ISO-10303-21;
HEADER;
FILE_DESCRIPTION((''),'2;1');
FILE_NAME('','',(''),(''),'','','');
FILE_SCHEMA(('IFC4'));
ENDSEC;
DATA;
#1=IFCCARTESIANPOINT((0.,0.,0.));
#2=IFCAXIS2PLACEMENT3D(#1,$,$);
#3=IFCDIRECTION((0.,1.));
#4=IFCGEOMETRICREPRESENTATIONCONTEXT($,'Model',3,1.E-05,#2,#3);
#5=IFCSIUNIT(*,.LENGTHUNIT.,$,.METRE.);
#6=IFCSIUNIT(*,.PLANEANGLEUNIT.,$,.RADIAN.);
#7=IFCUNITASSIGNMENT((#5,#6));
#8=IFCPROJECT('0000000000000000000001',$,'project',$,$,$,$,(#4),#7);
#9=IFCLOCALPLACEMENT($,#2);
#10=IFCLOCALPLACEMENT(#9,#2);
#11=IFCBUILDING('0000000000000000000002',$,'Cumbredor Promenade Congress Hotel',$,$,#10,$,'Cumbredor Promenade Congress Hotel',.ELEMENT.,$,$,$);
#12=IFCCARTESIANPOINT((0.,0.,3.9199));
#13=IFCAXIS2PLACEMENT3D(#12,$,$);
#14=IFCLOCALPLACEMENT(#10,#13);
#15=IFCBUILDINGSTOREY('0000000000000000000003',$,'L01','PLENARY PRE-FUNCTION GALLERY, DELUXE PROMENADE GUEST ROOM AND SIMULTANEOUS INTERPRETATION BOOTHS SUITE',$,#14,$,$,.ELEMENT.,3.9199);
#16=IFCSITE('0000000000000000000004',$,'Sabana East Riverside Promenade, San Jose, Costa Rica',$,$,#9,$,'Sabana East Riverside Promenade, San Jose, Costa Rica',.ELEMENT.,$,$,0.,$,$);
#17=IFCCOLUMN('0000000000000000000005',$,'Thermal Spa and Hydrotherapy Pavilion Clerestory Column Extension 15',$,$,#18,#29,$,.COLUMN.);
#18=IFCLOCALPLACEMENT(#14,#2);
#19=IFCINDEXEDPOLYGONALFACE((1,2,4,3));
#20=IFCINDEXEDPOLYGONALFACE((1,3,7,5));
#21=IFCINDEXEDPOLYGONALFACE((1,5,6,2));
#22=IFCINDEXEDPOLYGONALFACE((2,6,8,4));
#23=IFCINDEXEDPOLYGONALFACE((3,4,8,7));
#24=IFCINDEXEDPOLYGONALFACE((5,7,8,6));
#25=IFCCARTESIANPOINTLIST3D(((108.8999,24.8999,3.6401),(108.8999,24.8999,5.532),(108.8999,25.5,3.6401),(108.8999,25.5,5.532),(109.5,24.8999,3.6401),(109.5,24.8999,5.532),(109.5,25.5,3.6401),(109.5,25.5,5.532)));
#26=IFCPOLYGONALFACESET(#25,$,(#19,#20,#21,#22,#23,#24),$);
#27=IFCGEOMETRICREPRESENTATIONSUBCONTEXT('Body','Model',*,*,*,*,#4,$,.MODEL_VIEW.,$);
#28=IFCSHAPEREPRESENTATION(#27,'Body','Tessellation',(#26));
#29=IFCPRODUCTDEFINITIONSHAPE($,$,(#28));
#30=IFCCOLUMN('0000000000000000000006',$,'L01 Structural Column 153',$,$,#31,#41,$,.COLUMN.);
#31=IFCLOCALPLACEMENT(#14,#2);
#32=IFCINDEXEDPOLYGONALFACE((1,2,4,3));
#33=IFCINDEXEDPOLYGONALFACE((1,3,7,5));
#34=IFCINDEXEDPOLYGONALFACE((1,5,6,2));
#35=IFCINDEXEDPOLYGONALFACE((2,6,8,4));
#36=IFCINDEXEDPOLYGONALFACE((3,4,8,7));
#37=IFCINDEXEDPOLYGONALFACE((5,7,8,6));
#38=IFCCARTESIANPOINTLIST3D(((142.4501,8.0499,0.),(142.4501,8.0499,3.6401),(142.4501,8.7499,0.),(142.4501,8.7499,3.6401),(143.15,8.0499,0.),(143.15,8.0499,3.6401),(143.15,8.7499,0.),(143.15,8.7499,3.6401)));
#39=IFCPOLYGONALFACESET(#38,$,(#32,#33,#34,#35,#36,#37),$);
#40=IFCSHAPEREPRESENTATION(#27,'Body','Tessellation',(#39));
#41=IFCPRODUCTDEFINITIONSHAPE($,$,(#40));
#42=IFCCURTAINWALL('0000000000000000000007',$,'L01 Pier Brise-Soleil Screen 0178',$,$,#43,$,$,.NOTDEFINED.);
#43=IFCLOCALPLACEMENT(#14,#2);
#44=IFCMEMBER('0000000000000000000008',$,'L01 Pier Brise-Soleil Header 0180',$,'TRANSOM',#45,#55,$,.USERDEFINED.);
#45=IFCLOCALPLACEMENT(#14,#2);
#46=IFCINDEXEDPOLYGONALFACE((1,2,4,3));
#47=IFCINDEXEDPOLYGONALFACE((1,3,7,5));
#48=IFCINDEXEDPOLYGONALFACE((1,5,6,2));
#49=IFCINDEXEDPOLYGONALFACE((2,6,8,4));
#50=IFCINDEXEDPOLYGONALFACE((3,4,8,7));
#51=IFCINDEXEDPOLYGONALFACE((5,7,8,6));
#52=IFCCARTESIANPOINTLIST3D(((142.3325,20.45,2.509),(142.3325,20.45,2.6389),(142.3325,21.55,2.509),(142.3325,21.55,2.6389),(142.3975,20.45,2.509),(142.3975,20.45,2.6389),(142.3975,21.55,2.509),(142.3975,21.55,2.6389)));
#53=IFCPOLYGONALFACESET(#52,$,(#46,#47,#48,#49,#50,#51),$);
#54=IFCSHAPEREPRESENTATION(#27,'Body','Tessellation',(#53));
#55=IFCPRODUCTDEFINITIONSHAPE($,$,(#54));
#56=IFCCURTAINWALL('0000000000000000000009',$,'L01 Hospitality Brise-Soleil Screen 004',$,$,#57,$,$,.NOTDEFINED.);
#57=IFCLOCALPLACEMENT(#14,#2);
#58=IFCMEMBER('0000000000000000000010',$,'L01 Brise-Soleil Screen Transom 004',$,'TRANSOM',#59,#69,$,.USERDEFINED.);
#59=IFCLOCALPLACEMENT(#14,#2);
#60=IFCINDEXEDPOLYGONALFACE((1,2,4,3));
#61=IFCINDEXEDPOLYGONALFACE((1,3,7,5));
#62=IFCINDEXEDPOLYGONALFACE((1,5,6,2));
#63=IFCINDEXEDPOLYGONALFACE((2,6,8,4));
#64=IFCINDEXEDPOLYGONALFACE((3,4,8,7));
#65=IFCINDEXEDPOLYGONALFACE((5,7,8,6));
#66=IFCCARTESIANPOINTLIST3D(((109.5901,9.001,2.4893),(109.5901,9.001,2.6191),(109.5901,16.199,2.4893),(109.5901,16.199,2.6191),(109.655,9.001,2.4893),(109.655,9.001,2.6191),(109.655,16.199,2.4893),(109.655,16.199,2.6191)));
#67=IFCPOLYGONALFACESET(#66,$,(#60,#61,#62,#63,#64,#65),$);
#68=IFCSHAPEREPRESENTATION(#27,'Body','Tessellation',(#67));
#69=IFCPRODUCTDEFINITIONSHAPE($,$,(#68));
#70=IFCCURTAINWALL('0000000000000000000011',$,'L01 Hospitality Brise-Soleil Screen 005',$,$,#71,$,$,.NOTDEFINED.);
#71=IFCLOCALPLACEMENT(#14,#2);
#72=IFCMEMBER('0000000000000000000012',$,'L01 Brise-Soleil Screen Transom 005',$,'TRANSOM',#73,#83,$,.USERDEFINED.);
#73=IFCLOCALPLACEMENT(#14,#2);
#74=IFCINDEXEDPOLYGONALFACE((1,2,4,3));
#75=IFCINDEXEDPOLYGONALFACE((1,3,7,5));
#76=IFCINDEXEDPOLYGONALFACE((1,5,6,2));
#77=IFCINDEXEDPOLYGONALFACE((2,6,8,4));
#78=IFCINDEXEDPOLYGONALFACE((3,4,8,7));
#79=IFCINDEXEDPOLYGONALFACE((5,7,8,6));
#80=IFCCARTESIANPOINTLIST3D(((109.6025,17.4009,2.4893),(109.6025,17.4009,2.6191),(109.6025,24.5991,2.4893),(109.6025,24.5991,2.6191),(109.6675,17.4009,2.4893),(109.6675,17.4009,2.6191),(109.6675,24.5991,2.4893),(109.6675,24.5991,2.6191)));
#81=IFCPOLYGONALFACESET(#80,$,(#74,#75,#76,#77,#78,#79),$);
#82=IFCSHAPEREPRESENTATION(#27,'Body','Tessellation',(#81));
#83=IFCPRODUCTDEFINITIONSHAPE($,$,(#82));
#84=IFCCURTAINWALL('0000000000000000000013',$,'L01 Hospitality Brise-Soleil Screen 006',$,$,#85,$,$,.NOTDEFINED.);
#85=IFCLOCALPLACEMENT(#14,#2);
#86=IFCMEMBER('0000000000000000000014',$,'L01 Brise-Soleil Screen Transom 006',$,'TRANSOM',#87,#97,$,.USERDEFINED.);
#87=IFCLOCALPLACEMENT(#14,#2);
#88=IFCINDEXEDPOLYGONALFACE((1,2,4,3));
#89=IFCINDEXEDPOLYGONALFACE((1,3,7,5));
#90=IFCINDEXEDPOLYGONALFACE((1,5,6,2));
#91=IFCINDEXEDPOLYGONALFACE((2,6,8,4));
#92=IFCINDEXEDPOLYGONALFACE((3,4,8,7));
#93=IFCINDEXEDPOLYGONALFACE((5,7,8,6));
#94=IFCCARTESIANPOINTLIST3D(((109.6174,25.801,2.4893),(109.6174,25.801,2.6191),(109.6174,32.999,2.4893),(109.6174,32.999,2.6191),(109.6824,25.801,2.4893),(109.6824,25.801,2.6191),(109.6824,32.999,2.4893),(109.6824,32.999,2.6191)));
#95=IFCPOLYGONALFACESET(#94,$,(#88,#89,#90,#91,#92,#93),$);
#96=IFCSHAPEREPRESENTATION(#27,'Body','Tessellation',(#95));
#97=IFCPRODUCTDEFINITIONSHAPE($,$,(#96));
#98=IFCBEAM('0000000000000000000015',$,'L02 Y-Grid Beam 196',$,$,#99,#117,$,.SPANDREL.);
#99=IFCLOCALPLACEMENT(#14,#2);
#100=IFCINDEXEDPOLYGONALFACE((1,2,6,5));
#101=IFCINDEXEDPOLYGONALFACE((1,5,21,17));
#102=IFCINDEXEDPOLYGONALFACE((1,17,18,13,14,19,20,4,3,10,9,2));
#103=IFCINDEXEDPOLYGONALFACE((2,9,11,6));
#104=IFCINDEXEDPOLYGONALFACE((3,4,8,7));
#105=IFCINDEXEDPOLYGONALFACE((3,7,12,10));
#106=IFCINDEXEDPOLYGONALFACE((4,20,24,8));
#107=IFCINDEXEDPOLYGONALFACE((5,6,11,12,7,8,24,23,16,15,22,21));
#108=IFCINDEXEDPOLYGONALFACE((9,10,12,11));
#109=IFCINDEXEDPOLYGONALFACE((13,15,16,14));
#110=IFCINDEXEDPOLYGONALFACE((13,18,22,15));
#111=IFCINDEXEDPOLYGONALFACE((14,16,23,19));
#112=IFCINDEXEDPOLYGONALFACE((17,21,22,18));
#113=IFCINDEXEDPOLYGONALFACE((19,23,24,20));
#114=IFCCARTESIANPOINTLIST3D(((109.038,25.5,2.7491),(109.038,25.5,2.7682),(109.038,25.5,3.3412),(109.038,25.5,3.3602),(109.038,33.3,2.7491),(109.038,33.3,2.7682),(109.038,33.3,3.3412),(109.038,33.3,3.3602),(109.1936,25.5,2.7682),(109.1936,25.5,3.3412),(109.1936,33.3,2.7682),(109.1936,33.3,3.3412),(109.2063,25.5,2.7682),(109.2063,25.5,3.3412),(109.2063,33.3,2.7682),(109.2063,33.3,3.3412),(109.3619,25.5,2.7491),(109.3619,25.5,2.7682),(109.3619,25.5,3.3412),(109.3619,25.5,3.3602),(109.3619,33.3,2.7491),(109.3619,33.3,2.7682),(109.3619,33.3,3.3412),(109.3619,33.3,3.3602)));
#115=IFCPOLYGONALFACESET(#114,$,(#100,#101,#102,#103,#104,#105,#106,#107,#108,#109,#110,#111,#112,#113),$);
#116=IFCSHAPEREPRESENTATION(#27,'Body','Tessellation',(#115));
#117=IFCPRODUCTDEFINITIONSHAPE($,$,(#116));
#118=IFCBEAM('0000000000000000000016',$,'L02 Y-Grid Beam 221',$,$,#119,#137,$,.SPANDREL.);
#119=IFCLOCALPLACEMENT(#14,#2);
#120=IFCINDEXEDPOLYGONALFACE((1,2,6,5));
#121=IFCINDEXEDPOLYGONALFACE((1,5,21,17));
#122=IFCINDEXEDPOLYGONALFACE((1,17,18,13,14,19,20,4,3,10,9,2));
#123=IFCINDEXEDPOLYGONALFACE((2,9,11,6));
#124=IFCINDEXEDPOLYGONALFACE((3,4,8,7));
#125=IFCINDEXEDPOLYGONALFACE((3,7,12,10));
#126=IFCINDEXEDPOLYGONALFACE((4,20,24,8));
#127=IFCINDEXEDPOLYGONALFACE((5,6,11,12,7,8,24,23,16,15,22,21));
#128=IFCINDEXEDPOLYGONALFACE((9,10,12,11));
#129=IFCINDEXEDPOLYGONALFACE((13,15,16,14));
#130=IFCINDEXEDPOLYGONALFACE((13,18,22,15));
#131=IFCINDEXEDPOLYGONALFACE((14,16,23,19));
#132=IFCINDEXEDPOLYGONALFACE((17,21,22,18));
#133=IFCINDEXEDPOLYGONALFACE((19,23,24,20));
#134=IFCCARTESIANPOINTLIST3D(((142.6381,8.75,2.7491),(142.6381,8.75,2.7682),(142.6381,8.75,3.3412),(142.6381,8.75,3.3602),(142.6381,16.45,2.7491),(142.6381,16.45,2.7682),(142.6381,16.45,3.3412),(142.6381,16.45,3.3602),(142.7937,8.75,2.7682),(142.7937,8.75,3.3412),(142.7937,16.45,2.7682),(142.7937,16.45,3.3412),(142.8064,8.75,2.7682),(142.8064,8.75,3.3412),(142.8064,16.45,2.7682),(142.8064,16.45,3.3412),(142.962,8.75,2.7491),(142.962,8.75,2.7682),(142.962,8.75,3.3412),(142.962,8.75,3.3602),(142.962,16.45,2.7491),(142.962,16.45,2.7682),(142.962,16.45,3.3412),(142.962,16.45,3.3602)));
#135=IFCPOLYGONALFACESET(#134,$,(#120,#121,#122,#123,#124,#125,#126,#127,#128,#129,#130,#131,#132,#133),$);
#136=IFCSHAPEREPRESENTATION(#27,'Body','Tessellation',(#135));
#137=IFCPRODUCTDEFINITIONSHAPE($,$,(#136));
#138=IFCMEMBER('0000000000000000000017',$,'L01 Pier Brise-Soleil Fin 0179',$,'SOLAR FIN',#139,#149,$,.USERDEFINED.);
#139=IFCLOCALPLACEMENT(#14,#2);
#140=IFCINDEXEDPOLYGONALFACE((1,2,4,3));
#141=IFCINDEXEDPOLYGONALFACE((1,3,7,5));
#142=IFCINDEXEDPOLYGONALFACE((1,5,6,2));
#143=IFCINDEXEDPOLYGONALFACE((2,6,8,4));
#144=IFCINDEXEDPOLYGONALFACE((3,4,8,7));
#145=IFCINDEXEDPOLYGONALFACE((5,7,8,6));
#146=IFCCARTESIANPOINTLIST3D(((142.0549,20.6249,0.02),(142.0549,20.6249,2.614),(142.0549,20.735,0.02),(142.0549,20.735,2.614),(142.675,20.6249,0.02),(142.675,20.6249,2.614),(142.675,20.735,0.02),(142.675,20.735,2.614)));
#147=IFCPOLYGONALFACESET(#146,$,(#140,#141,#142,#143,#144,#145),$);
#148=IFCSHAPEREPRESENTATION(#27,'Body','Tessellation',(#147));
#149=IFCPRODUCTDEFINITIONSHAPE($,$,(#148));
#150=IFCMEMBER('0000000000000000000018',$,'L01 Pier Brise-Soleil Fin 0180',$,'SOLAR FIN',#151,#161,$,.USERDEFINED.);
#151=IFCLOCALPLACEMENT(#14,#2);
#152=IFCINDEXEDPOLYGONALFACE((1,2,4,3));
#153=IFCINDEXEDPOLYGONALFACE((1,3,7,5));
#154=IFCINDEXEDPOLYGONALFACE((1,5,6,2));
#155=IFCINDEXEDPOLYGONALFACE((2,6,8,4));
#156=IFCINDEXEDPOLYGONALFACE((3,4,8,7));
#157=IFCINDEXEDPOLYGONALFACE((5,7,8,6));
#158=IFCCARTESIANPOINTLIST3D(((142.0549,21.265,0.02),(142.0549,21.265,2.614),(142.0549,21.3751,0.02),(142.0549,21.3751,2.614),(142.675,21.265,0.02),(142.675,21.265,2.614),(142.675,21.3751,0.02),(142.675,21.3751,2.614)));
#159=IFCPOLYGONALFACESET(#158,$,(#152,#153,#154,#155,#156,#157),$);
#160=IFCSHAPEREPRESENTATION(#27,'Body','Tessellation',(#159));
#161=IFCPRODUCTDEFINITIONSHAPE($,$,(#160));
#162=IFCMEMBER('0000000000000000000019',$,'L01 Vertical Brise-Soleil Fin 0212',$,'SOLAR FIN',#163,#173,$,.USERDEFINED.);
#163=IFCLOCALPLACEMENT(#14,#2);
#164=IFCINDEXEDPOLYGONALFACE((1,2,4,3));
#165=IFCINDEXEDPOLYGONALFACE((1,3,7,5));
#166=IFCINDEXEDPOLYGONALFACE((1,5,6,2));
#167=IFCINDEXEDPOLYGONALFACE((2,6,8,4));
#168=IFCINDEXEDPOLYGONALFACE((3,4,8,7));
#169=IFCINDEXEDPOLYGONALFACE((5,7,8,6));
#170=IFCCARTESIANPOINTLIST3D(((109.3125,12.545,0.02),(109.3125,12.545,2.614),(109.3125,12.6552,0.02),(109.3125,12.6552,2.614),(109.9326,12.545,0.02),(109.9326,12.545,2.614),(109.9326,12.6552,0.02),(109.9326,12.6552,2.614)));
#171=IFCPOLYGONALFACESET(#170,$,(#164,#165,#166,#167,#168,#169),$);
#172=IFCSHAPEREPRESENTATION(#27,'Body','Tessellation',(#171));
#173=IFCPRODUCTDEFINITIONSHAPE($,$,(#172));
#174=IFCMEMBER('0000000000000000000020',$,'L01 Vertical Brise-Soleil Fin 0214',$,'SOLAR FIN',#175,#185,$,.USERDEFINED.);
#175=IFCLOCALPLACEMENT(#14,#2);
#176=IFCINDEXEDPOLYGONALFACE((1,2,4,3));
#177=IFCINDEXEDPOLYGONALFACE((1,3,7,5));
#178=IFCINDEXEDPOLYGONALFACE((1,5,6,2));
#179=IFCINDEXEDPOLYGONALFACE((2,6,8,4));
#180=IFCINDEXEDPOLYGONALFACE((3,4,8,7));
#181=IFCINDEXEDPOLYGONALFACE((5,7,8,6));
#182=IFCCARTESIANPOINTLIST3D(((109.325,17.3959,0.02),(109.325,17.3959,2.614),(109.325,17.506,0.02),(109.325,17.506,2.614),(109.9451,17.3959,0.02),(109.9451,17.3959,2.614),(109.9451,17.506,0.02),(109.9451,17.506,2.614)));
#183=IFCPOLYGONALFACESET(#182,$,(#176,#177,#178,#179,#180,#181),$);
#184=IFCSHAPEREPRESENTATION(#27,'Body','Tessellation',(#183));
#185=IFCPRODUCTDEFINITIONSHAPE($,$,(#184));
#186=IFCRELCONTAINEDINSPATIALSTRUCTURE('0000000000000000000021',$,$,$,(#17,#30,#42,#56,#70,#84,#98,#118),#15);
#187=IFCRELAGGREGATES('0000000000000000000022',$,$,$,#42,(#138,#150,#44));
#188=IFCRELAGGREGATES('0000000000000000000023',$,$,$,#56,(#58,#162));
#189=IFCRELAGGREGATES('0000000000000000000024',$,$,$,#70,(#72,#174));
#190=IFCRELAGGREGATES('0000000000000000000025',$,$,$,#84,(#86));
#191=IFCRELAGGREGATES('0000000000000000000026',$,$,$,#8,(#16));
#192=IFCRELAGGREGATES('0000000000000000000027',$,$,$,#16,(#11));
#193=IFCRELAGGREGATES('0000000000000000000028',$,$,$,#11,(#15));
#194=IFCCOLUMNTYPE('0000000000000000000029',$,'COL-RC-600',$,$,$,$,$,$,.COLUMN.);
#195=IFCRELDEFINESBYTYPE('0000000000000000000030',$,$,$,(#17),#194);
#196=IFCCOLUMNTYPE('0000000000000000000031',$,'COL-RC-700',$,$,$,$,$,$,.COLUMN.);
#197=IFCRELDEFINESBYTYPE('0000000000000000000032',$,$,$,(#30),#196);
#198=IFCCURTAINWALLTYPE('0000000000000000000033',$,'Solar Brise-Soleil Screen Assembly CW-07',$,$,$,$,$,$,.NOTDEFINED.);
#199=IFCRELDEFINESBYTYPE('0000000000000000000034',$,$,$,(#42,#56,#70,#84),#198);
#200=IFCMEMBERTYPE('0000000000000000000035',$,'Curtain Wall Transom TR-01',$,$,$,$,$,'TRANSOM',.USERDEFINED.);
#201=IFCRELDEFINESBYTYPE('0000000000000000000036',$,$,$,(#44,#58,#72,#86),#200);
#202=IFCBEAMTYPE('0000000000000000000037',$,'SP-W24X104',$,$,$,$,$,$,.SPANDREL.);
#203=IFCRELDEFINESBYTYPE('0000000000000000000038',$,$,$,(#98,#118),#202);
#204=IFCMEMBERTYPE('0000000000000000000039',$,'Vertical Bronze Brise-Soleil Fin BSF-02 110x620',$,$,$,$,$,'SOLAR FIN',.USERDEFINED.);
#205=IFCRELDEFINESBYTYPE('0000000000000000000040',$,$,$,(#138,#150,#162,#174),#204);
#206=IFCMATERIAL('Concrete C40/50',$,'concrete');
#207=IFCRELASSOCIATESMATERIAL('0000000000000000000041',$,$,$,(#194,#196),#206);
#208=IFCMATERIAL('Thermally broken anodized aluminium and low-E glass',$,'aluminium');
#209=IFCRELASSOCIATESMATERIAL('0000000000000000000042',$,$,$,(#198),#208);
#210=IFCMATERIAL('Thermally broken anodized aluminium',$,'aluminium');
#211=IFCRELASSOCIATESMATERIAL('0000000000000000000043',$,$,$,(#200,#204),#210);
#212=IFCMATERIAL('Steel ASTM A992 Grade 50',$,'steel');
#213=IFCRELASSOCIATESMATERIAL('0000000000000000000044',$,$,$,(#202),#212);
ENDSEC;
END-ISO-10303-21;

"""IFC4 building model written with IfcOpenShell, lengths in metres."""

from ifc_helpers import new_model, si_unit, direction, frame, origin, origin_2d, place, context, subcontext, project, spatial, rectangle, i_section, extrude, material, material_profile, profile_set, type_object, element, aggregate, save


model = new_model("IFC4")

# Units and contexts
model_context = context("Model", 3, precision=1e-05, world=origin(), true_north=direction((0.0, 1.0)))
body_context = subcontext(model_context, "Body", "Model", "MODEL_VIEW")
ifc_project = project(units=[si_unit("LENGTHUNIT", "METRE"), si_unit("PLANEANGLEUNIT", "RADIAN")], contexts=[model_context])

# Site, building, storey
site_placement = place(None, origin())
site = spatial("IfcSite", under=ifc_project, at=site_placement, Name="Sabana East Riverside Promenade, San Jose, Costa Rica", LongName="Sabana East Riverside Promenade, San Jose, Costa Rica", CompositionType="ELEMENT", RefElevation=0.0)
building_placement = place(site_placement, origin())
building = spatial("IfcBuilding", under=site, at=building_placement, Name="Cumbredor Promenade Congress Hotel", LongName="Cumbredor Promenade Congress Hotel", CompositionType="ELEMENT")
storey_placement = place(building_placement, frame((0.0, 0.0, 3.9199)))
storey = spatial("IfcBuildingStorey", under=building, at=storey_placement, Name="L01", Description="PLENARY PRE-FUNCTION GALLERY, DELUXE PROMENADE GUEST ROOM AND SIMULTANEOUS INTERPRETATION BOOTHS SUITE", CompositionType="ELEMENT", Elevation=3.9199)

# Columns
ifc_material_1 = material(Name="Concrete C40/50", Category="concrete")
ifc_material_profile_1 = material_profile(ifc_material_1, rectangle(XDim=0.6001, YDim=0.6001, at=origin_2d()), Name="RC 600x600")
ifc_profile_set_1 = profile_set([ifc_material_profile_1], Name="Concrete C40/50")
column_type_1 = type_object("IfcColumnType", Name="COL-RC-600", PredefinedType="COLUMN", material=ifc_profile_set_1)
column_1_placement = place(storey_placement, frame((109.2, 25.2, 3.6401), z_axis=(0.0, 0.0, 1.0), x_axis=(1.0, 0.0, 0.0)))
element("IfcColumn", 1, at=column_1_placement, inside=storey, type_object=column_type_1, Name="Thermal Spa and Hydrotherapy Pavilion Clerestory Column Extension 15", PredefinedType="COLUMN", context=body_context, shape_type="SweptSolid", body=[
    extrude(rectangle(XDim=0.6001, YDim=0.6001, at=origin_2d()), origin(), (0.0, 0.0, 1.0), 1.8918),
])
ifc_material_profile_2 = material_profile(ifc_material_1, rectangle(XDim=0.7, YDim=0.7, at=origin_2d()), Name="RC 700x700")
ifc_profile_set_2 = profile_set([ifc_material_profile_2], Name="Concrete C40/50")
column_type_2 = type_object("IfcColumnType", Name="COL-RC-700", PredefinedType="COLUMN", material=ifc_profile_set_2)
column_2_placement = place(storey_placement, frame((142.8, 8.3999, 0.0), z_axis=(0.0, 0.0, 1.0), x_axis=(1.0, 0.0, 0.0)))
element("IfcColumn", 2, at=column_2_placement, inside=storey, type_object=column_type_2, Name="L01 Structural Column 153", PredefinedType="COLUMN", context=body_context, shape_type="SweptSolid", body=[
    extrude(rectangle(XDim=0.7, YDim=0.7, at=origin_2d()), origin(), (0.0, 0.0, 1.0), 3.6401),
])

# Curtain walls, members
ifc_material_2 = material(Name="Thermally broken anodized aluminium and low-E glass", Category="aluminium")
curtain_wall_type = type_object("IfcCurtainWallType", Name="Solar Brise-Soleil Screen Assembly CW-07", PredefinedType="NOTDEFINED", material=ifc_material_2)
curtain_wall_1_placement = place(storey_placement, origin())
curtain_wall_1 = element("IfcCurtainWall", 3, at=curtain_wall_1_placement, inside=storey, type_object=curtain_wall_type, Name="L01 Pier Brise-Soleil Screen 0178", PredefinedType="NOTDEFINED")
ifc_material_3 = material(Name="Thermally broken anodized aluminium", Category="aluminium")
ifc_material_profile_3 = material_profile(ifc_material_3, rectangle(XDim=0.0649, YDim=0.1299, at=origin_2d()), Name="ALU TRANSOM 65x130")
ifc_profile_set_3 = profile_set([ifc_material_profile_3], Name="Thermally broken anodized aluminium")
member_type_1 = type_object("IfcMemberType", Name="Curtain Wall Transom TR-01", ElementType="TRANSOM", PredefinedType="USERDEFINED", material=ifc_profile_set_3)
member_1_placement = place(storey_placement, frame((142.365, 20.45, 2.574), z_axis=(0.0, 1.0, 0.0), x_axis=(-1.0, 0.0, 0.0)))
member_1 = element("IfcMember", 4, at=member_1_placement, type_object=member_type_1, Name="L01 Pier Brise-Soleil Header 0180", ObjectType="TRANSOM", PredefinedType="USERDEFINED", context=body_context, shape_type="SweptSolid", body=[
    extrude(rectangle(XDim=0.0649, YDim=0.1299, at=origin_2d()), origin(), (0.0, 0.0, 1.0), 1.1001),
])
curtain_wall_2_placement = place(storey_placement, origin())
curtain_wall_2 = element("IfcCurtainWall", 5, at=curtain_wall_2_placement, inside=storey, type_object=curtain_wall_type, Name="L01 Hospitality Brise-Soleil Screen 004", PredefinedType="NOTDEFINED")
member_2_placement = place(storey_placement, frame((109.6226, 9.001, 2.5542), z_axis=(0.0, 1.0, 0.0), x_axis=(-1.0, 0.0, 0.0)))
member_2 = element("IfcMember", 6, at=member_2_placement, type_object=member_type_1, Name="L01 Brise-Soleil Screen Transom 004", ObjectType="TRANSOM", PredefinedType="USERDEFINED", context=body_context, shape_type="SweptSolid", body=[
    extrude(rectangle(XDim=0.0649, YDim=0.1299, at=origin_2d()), origin(), (0.0, 0.0, 1.0), 7.198),
])
curtain_wall_3_placement = place(storey_placement, origin())
curtain_wall_3 = element("IfcCurtainWall", 7, at=curtain_wall_3_placement, inside=storey, type_object=curtain_wall_type, Name="L01 Hospitality Brise-Soleil Screen 005", PredefinedType="NOTDEFINED")
member_3_placement = place(storey_placement, frame((109.635, 17.4009, 2.5542), z_axis=(0.0, 1.0, 0.0), x_axis=(-1.0, 0.0, 0.0)))
member_3 = element("IfcMember", 8, at=member_3_placement, type_object=member_type_1, Name="L01 Brise-Soleil Screen Transom 005", ObjectType="TRANSOM", PredefinedType="USERDEFINED", context=body_context, shape_type="SweptSolid", body=[
    extrude(rectangle(XDim=0.0649, YDim=0.1299, at=origin_2d()), origin(), (0.0, 0.0, 1.0), 7.1982),
])
curtain_wall_4_placement = place(storey_placement, origin())
curtain_wall_4 = element("IfcCurtainWall", 9, at=curtain_wall_4_placement, inside=storey, type_object=curtain_wall_type, Name="L01 Hospitality Brise-Soleil Screen 006", PredefinedType="NOTDEFINED")
member_4_placement = place(storey_placement, frame((109.6499, 25.801, 2.5542), z_axis=(0.0, 1.0, 0.0), x_axis=(-1.0, 0.0, 0.0)))
member_4 = element("IfcMember", 10, at=member_4_placement, type_object=member_type_1, Name="L01 Brise-Soleil Screen Transom 006", ObjectType="TRANSOM", PredefinedType="USERDEFINED", context=body_context, shape_type="SweptSolid", body=[
    extrude(rectangle(XDim=0.0649, YDim=0.1299, at=origin_2d()), origin(), (0.0, 0.0, 1.0), 7.198),
])

# Beams
ifc_material_4 = material(Name="Steel ASTM A992 Grade 50", Category="steel")
ifc_material_profile_4 = material_profile(ifc_material_4, i_section(OverallWidth=0.324, OverallDepth=0.6111, WebThickness=0.0127, FlangeThickness=0.019, at=origin_2d()), Name="W24X104")
ifc_profile_set_4 = profile_set([ifc_material_profile_4], Name="Steel ASTM A992 Grade 50")
beam_type = type_object("IfcBeamType", Name="SP-W24X104", PredefinedType="SPANDREL", material=ifc_profile_set_4)
beam_1_placement = place(storey_placement, frame((109.2, 25.5, 3.0547), z_axis=(0.0, 1.0, 0.0), x_axis=(-1.0, 0.0, 0.0)))
element("IfcBeam", 11, at=beam_1_placement, inside=storey, type_object=beam_type, Name="L02 Y-Grid Beam 196", PredefinedType="SPANDREL", context=body_context, shape_type="SweptSolid", body=[
    extrude(i_section(OverallWidth=0.324, OverallDepth=0.6111, WebThickness=0.0127, FlangeThickness=0.019, at=origin_2d()), origin(), (0.0, 0.0, 1.0), 7.8),
])
beam_2_placement = place(storey_placement, frame((142.8, 8.75, 3.0547), z_axis=(0.0, 1.0, 0.0), x_axis=(-1.0, 0.0, 0.0)))
element("IfcBeam", 12, at=beam_2_placement, inside=storey, type_object=beam_type, Name="L02 Y-Grid Beam 221", PredefinedType="SPANDREL", context=body_context, shape_type="SweptSolid", body=[
    extrude(i_section(OverallWidth=0.324, OverallDepth=0.6111, WebThickness=0.0127, FlangeThickness=0.019, at=origin_2d()), origin(), (0.0, 0.0, 1.0), 7.7),
])

# Members
ifc_material_profile_5 = material_profile(ifc_material_3, rectangle(XDim=0.1101, YDim=0.6201, at=origin_2d()), Name="ARCH FIN 110x620")
ifc_profile_set_5 = profile_set([ifc_material_profile_5], Name="Thermally broken anodized aluminium")
member_type_2 = type_object("IfcMemberType", Name="Vertical Bronze Brise-Soleil Fin BSF-02 110x620", ElementType="SOLAR FIN", PredefinedType="USERDEFINED", material=ifc_profile_set_5)
member_5_placement = place(storey_placement, frame((142.365, 20.6799, 0.02), z_axis=(0.0, 0.0, 1.0), x_axis=(0.0, 1.0, 0.0)))
member_5 = element("IfcMember", 13, at=member_5_placement, type_object=member_type_2, Name="L01 Pier Brise-Soleil Fin 0179", ObjectType="SOLAR FIN", PredefinedType="USERDEFINED", context=body_context, shape_type="SweptSolid", body=[
    extrude(rectangle(XDim=0.1101, YDim=0.6201, at=origin_2d()), origin(), (0.0, 0.0, 1.0), 2.594),
])
member_6_placement = place(storey_placement, frame((142.365, 21.3201, 0.02), z_axis=(0.0, 0.0, 1.0), x_axis=(0.0, 1.0, 0.0)))
member_6 = element("IfcMember", 14, at=member_6_placement, type_object=member_type_2, Name="L01 Pier Brise-Soleil Fin 0180", ObjectType="SOLAR FIN", PredefinedType="USERDEFINED", context=body_context, shape_type="SweptSolid", body=[
    extrude(rectangle(XDim=0.1101, YDim=0.6201, at=origin_2d()), origin(), (0.0, 0.0, 1.0), 2.594),
])
aggregate(curtain_wall_1, [member_5, member_6, member_1])
member_7_placement = place(storey_placement, frame((109.6226, 12.6001, 0.02), z_axis=(0.0, 0.0, 1.0), x_axis=(0.0, 1.0, 0.0)))
member_7 = element("IfcMember", 15, at=member_7_placement, type_object=member_type_2, Name="L01 Vertical Brise-Soleil Fin 0212", ObjectType="SOLAR FIN", PredefinedType="USERDEFINED", context=body_context, shape_type="SweptSolid", body=[
    extrude(rectangle(XDim=0.1101, YDim=0.6201, at=origin_2d()), origin(), (0.0, 0.0, 1.0), 2.594),
])
member_8_placement = place(storey_placement, frame((109.635, 17.4509, 0.02), z_axis=(0.0, 0.0, 1.0), x_axis=(0.0, 1.0, 0.0)))
member_8 = element("IfcMember", 16, at=member_8_placement, type_object=member_type_2, Name="L01 Vertical Brise-Soleil Fin 0214", ObjectType="SOLAR FIN", PredefinedType="USERDEFINED", context=body_context, shape_type="SweptSolid", body=[
    extrude(rectangle(XDim=0.1101, YDim=0.6201, at=origin_2d()), origin(), (0.0, 0.0, 1.0), 2.594),
])

aggregate(curtain_wall_2, [member_2, member_7])
aggregate(curtain_wall_3, [member_3, member_8])
aggregate(curtain_wall_4, [member_4])

save(model, "model.ifc")
